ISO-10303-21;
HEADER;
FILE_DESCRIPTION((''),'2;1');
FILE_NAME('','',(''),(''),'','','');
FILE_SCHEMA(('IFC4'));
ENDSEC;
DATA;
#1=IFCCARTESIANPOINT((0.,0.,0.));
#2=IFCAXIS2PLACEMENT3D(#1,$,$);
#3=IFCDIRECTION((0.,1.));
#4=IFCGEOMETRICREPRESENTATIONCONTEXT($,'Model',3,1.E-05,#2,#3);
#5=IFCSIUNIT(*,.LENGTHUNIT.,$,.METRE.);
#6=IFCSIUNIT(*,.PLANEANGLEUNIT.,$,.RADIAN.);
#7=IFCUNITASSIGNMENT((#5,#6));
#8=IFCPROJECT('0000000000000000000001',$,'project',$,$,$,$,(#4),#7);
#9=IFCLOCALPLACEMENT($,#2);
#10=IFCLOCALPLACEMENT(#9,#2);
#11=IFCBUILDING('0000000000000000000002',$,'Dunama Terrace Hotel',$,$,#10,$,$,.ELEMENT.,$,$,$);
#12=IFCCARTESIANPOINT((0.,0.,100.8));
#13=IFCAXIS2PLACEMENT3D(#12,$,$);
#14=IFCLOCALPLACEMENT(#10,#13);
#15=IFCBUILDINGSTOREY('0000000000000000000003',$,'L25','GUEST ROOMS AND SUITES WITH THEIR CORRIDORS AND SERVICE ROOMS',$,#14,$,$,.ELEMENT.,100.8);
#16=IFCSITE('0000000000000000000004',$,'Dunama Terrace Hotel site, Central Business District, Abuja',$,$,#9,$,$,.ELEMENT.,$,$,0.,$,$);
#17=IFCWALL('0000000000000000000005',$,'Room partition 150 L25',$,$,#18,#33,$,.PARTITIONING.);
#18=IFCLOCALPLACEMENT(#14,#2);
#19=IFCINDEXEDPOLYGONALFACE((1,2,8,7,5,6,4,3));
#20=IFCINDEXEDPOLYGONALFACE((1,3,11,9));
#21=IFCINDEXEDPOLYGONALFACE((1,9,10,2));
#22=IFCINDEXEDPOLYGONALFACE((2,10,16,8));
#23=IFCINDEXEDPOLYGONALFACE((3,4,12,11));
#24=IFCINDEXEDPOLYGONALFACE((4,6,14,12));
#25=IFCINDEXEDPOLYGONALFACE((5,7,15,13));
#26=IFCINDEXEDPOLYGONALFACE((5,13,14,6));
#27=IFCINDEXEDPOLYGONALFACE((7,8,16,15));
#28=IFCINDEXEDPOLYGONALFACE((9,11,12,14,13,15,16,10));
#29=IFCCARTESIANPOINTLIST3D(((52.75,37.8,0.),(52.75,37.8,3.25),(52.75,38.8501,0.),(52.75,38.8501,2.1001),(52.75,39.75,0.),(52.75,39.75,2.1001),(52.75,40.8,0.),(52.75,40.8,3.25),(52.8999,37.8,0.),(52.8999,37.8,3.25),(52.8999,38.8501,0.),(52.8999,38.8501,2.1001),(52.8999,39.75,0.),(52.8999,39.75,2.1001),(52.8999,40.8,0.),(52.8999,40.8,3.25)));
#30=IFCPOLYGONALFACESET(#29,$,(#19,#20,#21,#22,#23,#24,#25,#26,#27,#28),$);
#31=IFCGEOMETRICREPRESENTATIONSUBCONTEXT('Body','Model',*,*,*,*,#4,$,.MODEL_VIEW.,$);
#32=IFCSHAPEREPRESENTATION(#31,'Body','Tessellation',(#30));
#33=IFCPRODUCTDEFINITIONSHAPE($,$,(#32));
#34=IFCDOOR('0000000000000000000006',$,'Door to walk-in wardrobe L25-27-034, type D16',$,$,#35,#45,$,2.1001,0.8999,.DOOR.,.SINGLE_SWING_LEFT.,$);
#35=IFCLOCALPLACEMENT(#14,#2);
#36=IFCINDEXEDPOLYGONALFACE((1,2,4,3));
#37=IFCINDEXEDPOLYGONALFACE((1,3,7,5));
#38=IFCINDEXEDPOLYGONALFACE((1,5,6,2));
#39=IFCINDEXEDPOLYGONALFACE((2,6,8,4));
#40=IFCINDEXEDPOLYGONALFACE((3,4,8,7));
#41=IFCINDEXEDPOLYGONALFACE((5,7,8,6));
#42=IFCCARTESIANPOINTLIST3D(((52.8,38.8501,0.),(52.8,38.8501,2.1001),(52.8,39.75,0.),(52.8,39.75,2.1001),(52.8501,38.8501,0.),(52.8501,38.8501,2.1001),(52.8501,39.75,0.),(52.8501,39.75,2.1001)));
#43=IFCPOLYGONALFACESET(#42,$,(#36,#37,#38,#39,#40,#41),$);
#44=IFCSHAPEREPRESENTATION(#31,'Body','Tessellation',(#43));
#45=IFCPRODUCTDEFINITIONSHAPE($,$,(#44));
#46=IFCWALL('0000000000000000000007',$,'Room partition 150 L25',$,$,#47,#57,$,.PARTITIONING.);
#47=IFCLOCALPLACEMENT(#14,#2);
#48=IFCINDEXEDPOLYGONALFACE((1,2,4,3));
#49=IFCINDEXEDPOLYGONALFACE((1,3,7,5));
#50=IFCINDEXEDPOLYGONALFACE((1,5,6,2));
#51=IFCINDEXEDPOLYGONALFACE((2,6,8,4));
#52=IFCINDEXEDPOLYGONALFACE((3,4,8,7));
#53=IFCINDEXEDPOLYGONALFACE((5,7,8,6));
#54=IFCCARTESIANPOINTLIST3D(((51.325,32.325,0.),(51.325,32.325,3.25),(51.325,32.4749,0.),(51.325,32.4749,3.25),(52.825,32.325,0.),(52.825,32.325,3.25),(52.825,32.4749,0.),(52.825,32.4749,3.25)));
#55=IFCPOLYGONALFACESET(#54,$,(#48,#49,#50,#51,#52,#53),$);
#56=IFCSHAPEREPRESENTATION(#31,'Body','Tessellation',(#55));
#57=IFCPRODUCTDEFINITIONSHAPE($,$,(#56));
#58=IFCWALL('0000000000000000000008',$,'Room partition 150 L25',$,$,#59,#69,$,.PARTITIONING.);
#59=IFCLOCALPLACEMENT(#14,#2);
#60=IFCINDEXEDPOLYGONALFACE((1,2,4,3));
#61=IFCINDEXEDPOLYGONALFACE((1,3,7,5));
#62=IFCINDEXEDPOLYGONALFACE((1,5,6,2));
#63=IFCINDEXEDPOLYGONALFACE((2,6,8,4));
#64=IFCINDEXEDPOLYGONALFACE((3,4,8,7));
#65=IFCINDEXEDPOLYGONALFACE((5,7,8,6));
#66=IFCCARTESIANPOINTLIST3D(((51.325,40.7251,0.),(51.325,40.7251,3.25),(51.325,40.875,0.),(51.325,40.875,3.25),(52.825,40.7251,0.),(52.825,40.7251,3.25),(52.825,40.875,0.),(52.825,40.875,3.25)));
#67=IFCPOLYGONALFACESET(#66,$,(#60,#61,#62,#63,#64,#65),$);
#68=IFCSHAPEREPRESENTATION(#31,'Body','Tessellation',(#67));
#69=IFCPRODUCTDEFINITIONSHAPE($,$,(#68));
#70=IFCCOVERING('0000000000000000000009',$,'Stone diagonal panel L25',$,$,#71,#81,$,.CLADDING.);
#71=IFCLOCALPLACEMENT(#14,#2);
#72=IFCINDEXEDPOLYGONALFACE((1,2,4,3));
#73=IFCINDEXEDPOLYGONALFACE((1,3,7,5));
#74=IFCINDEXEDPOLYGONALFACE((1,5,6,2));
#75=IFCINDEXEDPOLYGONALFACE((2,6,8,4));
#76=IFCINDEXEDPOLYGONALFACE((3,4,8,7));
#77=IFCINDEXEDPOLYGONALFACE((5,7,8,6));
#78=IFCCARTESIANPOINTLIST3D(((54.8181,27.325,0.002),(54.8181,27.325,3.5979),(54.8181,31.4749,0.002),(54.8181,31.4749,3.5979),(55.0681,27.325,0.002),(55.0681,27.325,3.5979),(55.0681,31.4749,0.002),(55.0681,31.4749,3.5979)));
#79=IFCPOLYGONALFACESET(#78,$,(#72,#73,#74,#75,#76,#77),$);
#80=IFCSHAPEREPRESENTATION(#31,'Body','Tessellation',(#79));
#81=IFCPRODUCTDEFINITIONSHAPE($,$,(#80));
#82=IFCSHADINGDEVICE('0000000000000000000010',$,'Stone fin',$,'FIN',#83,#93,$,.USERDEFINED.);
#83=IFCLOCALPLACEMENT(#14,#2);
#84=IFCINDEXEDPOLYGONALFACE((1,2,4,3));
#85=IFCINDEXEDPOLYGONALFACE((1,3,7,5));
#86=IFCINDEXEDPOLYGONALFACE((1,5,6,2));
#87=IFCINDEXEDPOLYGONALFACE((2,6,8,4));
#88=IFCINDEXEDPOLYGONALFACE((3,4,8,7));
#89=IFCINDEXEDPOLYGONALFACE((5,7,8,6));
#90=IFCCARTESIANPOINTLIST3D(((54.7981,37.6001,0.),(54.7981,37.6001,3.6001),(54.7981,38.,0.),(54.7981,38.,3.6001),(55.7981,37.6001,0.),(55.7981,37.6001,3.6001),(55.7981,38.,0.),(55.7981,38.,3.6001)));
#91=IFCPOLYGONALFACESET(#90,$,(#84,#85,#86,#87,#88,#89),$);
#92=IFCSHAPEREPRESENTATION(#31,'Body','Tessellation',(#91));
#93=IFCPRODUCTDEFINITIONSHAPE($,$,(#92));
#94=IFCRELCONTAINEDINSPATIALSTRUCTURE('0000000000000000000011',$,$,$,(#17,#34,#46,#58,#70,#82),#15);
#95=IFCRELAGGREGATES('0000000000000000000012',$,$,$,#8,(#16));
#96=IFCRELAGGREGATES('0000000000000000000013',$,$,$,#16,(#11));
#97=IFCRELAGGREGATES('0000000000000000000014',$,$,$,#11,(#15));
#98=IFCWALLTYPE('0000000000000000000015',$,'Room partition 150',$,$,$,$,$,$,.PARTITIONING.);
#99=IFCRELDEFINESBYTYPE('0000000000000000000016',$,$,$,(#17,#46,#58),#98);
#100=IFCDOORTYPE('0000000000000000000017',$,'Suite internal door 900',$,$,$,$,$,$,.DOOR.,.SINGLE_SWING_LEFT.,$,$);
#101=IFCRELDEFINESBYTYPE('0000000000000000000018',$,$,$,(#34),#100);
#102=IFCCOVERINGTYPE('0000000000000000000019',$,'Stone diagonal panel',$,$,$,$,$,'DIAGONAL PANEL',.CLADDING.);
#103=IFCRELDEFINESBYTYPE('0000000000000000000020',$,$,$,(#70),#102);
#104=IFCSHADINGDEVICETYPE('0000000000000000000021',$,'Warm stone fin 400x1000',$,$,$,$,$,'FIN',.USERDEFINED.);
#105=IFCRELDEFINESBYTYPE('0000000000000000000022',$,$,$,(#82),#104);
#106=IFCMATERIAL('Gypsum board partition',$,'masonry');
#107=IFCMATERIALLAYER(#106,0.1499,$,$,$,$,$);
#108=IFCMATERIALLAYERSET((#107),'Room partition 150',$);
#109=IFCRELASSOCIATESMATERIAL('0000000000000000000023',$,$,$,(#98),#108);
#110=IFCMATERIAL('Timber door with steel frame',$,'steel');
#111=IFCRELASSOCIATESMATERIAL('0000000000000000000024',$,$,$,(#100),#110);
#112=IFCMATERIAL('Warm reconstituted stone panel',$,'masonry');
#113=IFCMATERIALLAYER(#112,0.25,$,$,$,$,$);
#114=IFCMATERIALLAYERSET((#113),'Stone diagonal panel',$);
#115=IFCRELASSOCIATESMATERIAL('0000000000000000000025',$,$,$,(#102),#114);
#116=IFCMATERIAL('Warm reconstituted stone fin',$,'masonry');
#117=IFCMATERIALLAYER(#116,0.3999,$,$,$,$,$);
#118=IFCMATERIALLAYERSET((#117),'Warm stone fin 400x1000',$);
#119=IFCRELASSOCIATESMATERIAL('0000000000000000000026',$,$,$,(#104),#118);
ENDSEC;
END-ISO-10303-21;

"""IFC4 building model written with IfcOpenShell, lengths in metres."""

from ifc_helpers import new_model, si_unit, direction, frame, frame_2d, origin, origin_2d, place, context, subcontext, project, spatial, rectangle, extrude, material, layer, layer_set, type_object, element, fill, save


model = new_model("IFC4")

# Units and contexts
model_context = context("Model", 3, precision=1e-05, world=origin(), true_north=direction((0.0, 1.0)))
body_context = subcontext(model_context, "Body", "Model", "MODEL_VIEW")
ifc_project = project(units=[si_unit("LENGTHUNIT", "METRE"), si_unit("PLANEANGLEUNIT", "RADIAN")], contexts=[model_context])

# Site, building, storey
site_placement = place(None, origin())
site = spatial("IfcSite", under=ifc_project, at=site_placement, Name="Dunama Terrace Hotel site, Central Business District, Abuja", CompositionType="ELEMENT", RefElevation=0.0)
building_placement = place(site_placement, origin())
building = spatial("IfcBuilding", under=site, at=building_placement, Name="Dunama Terrace Hotel", CompositionType="ELEMENT")
storey_placement = place(building_placement, frame((0.0, 0.0, 100.8)))
storey = spatial("IfcBuildingStorey", under=building, at=storey_placement, Name="L25", Description="GUEST ROOMS AND SUITES WITH THEIR CORRIDORS AND SERVICE ROOMS", CompositionType="ELEMENT", Elevation=100.8)

# Shared definitions
ifc_material_1 = material(Name="Gypsum board partition", Category="masonry")
ifc_layer_1 = layer(ifc_material_1, 0.1499)
ifc_layer_set_1 = layer_set([ifc_layer_1], Name="Room partition 150")
wall_type_1 = type_object("IfcWallType", Name="Room partition 150", PredefinedType="PARTITIONING", material=ifc_layer_set_1)

# Wall, opening, door
ifc_material_2 = material(Name="Timber door with steel frame", Category="steel")
door_type_1 = type_object("IfcDoorType", Name="Suite internal door 900", OperationType="SINGLE_SWING_LEFT", PredefinedType="DOOR", material=ifc_material_2)
wall_1_placement = place(storey_placement, frame((52.825, 37.8, 0.0), z_axis=(0.0, 0.0, 1.0), x_axis=(0.0, 1.0, 0.0)))
wall_1 = element("IfcWall", 1, at=wall_1_placement, inside=storey, type_object=wall_type_1, Name="Room partition 150 L25", PredefinedType="PARTITIONING", context=body_context, shape_type="SweptSolid", body=[
    extrude(rectangle(XDim=3.0, YDim=0.1499, at=frame_2d((1.5, 0.0))), origin(), (0.0, 0.0, 1.0), 3.25),
])
opening_1_placement = place(wall_1_placement, frame((1.05, 0.0, 0.0)))
opening_1 = element("IfcOpeningElement", 2, at=opening_1_placement, cuts=wall_1, PredefinedType="OPENING", context=body_context, shape_type="SweptSolid", body=[
    extrude(rectangle(XDim=0.8999, YDim=2.1001, at=frame_2d((0.45, 1.05))), frame((0.0, 0.085, 0.0), z_axis=(0.0, -1.0, 0.0), x_axis=(1.0, 0.0, 0.0)), (0.0, 0.0, 1.0), 0.1699),
])
door_1_placement = place(opening_1_placement, origin())
door_1 = element("IfcDoor", 3, at=door_1_placement, inside=storey, type_object=door_type_1, Name="Door to walk-in wardrobe L25-27-034, type D16", OperationType="SINGLE_SWING_LEFT", OverallHeight=2.1001, OverallWidth=0.8999, PredefinedType="DOOR", context=body_context, shape_type="SweptSolid", body=[
    extrude(rectangle(XDim=0.8999, YDim=2.1001, at=frame_2d((0.45, 1.05))), frame((0.0, 0.0249, 0.0), z_axis=(0.0, -1.0, 0.0), x_axis=(1.0, 0.0, 0.0)), (0.0, 0.0, 1.0), 0.05),
])
fill(opening_1, door_1)

# Walls
for number, where, z_axis, x_axis, name in (
    (4, (51.325, 32.3999, 0.0), (0.0, 0.0, 1.0), (1.0, 0.0, 0.0), "Room partition 150 L25"),
    (5, (51.325, 40.8, 0.0), (0.0, 0.0, 1.0), (1.0, 0.0, 0.0), "Room partition 150 L25"),
):
    element("IfcWall", number, at=place(storey_placement, frame(where, z_axis=z_axis, x_axis=x_axis)), inside=storey, type_object=wall_type_1, Name=name, PredefinedType="PARTITIONING", context=body_context, shape_type="SweptSolid", body=[
        extrude(rectangle(XDim=1.5, YDim=0.1499, at=frame_2d((0.75, 0.0))), origin(), (0.0, 0.0, 1.0), 3.25),
    ])

# Covering
ifc_material_3 = material(Name="Warm reconstituted stone panel", Category="masonry")
ifc_layer_2 = layer(ifc_material_3, 0.25)
ifc_layer_set_2 = layer_set([ifc_layer_2], Name="Stone diagonal panel")
covering_type = type_object("IfcCoveringType", Name="Stone diagonal panel", ElementType="DIAGONAL PANEL", PredefinedType="CLADDING", material=ifc_layer_set_2)
covering_placement = place(storey_placement, frame((54.9431, 29.3999, 0.002), z_axis=(0.0, 0.0, 1.0), x_axis=(0.0, 1.0, 0.0)))
element("IfcCovering", 6, at=covering_placement, inside=storey, type_object=covering_type, Name="Stone diagonal panel L25", PredefinedType="CLADDING", context=body_context, shape_type="SweptSolid", body=[
    extrude(rectangle(XDim=4.1499, YDim=0.25, at=origin_2d()), origin(), (0.0, 0.0, 1.0), 3.5959),
])

# Shading device
ifc_material_4 = material(Name="Warm reconstituted stone fin", Category="masonry")
ifc_layer_3 = layer(ifc_material_4, 0.3999)
ifc_layer_set_3 = layer_set([ifc_layer_3], Name="Warm stone fin 400x1000")
shading_device_type = type_object("IfcShadingDeviceType", Name="Warm stone fin 400x1000", ElementType="FIN", PredefinedType="USERDEFINED", material=ifc_layer_set_3)
shading_device_placement = place(storey_placement, frame((55.2981, 37.8, 0.0), z_axis=(0.0, 0.0, 1.0), x_axis=(0.0, 1.0, 0.0)))
element("IfcShadingDevice", 7, at=shading_device_placement, inside=storey, type_object=shading_device_type, Name="Stone fin", ObjectType="FIN", PredefinedType="USERDEFINED", context=body_context, shape_type="SweptSolid", body=[
    extrude(rectangle(XDim=0.3999, YDim=1.0, at=origin_2d()), origin(), (0.0, 0.0, 1.0), 3.6001),
])

save(model, "model.ifc")
